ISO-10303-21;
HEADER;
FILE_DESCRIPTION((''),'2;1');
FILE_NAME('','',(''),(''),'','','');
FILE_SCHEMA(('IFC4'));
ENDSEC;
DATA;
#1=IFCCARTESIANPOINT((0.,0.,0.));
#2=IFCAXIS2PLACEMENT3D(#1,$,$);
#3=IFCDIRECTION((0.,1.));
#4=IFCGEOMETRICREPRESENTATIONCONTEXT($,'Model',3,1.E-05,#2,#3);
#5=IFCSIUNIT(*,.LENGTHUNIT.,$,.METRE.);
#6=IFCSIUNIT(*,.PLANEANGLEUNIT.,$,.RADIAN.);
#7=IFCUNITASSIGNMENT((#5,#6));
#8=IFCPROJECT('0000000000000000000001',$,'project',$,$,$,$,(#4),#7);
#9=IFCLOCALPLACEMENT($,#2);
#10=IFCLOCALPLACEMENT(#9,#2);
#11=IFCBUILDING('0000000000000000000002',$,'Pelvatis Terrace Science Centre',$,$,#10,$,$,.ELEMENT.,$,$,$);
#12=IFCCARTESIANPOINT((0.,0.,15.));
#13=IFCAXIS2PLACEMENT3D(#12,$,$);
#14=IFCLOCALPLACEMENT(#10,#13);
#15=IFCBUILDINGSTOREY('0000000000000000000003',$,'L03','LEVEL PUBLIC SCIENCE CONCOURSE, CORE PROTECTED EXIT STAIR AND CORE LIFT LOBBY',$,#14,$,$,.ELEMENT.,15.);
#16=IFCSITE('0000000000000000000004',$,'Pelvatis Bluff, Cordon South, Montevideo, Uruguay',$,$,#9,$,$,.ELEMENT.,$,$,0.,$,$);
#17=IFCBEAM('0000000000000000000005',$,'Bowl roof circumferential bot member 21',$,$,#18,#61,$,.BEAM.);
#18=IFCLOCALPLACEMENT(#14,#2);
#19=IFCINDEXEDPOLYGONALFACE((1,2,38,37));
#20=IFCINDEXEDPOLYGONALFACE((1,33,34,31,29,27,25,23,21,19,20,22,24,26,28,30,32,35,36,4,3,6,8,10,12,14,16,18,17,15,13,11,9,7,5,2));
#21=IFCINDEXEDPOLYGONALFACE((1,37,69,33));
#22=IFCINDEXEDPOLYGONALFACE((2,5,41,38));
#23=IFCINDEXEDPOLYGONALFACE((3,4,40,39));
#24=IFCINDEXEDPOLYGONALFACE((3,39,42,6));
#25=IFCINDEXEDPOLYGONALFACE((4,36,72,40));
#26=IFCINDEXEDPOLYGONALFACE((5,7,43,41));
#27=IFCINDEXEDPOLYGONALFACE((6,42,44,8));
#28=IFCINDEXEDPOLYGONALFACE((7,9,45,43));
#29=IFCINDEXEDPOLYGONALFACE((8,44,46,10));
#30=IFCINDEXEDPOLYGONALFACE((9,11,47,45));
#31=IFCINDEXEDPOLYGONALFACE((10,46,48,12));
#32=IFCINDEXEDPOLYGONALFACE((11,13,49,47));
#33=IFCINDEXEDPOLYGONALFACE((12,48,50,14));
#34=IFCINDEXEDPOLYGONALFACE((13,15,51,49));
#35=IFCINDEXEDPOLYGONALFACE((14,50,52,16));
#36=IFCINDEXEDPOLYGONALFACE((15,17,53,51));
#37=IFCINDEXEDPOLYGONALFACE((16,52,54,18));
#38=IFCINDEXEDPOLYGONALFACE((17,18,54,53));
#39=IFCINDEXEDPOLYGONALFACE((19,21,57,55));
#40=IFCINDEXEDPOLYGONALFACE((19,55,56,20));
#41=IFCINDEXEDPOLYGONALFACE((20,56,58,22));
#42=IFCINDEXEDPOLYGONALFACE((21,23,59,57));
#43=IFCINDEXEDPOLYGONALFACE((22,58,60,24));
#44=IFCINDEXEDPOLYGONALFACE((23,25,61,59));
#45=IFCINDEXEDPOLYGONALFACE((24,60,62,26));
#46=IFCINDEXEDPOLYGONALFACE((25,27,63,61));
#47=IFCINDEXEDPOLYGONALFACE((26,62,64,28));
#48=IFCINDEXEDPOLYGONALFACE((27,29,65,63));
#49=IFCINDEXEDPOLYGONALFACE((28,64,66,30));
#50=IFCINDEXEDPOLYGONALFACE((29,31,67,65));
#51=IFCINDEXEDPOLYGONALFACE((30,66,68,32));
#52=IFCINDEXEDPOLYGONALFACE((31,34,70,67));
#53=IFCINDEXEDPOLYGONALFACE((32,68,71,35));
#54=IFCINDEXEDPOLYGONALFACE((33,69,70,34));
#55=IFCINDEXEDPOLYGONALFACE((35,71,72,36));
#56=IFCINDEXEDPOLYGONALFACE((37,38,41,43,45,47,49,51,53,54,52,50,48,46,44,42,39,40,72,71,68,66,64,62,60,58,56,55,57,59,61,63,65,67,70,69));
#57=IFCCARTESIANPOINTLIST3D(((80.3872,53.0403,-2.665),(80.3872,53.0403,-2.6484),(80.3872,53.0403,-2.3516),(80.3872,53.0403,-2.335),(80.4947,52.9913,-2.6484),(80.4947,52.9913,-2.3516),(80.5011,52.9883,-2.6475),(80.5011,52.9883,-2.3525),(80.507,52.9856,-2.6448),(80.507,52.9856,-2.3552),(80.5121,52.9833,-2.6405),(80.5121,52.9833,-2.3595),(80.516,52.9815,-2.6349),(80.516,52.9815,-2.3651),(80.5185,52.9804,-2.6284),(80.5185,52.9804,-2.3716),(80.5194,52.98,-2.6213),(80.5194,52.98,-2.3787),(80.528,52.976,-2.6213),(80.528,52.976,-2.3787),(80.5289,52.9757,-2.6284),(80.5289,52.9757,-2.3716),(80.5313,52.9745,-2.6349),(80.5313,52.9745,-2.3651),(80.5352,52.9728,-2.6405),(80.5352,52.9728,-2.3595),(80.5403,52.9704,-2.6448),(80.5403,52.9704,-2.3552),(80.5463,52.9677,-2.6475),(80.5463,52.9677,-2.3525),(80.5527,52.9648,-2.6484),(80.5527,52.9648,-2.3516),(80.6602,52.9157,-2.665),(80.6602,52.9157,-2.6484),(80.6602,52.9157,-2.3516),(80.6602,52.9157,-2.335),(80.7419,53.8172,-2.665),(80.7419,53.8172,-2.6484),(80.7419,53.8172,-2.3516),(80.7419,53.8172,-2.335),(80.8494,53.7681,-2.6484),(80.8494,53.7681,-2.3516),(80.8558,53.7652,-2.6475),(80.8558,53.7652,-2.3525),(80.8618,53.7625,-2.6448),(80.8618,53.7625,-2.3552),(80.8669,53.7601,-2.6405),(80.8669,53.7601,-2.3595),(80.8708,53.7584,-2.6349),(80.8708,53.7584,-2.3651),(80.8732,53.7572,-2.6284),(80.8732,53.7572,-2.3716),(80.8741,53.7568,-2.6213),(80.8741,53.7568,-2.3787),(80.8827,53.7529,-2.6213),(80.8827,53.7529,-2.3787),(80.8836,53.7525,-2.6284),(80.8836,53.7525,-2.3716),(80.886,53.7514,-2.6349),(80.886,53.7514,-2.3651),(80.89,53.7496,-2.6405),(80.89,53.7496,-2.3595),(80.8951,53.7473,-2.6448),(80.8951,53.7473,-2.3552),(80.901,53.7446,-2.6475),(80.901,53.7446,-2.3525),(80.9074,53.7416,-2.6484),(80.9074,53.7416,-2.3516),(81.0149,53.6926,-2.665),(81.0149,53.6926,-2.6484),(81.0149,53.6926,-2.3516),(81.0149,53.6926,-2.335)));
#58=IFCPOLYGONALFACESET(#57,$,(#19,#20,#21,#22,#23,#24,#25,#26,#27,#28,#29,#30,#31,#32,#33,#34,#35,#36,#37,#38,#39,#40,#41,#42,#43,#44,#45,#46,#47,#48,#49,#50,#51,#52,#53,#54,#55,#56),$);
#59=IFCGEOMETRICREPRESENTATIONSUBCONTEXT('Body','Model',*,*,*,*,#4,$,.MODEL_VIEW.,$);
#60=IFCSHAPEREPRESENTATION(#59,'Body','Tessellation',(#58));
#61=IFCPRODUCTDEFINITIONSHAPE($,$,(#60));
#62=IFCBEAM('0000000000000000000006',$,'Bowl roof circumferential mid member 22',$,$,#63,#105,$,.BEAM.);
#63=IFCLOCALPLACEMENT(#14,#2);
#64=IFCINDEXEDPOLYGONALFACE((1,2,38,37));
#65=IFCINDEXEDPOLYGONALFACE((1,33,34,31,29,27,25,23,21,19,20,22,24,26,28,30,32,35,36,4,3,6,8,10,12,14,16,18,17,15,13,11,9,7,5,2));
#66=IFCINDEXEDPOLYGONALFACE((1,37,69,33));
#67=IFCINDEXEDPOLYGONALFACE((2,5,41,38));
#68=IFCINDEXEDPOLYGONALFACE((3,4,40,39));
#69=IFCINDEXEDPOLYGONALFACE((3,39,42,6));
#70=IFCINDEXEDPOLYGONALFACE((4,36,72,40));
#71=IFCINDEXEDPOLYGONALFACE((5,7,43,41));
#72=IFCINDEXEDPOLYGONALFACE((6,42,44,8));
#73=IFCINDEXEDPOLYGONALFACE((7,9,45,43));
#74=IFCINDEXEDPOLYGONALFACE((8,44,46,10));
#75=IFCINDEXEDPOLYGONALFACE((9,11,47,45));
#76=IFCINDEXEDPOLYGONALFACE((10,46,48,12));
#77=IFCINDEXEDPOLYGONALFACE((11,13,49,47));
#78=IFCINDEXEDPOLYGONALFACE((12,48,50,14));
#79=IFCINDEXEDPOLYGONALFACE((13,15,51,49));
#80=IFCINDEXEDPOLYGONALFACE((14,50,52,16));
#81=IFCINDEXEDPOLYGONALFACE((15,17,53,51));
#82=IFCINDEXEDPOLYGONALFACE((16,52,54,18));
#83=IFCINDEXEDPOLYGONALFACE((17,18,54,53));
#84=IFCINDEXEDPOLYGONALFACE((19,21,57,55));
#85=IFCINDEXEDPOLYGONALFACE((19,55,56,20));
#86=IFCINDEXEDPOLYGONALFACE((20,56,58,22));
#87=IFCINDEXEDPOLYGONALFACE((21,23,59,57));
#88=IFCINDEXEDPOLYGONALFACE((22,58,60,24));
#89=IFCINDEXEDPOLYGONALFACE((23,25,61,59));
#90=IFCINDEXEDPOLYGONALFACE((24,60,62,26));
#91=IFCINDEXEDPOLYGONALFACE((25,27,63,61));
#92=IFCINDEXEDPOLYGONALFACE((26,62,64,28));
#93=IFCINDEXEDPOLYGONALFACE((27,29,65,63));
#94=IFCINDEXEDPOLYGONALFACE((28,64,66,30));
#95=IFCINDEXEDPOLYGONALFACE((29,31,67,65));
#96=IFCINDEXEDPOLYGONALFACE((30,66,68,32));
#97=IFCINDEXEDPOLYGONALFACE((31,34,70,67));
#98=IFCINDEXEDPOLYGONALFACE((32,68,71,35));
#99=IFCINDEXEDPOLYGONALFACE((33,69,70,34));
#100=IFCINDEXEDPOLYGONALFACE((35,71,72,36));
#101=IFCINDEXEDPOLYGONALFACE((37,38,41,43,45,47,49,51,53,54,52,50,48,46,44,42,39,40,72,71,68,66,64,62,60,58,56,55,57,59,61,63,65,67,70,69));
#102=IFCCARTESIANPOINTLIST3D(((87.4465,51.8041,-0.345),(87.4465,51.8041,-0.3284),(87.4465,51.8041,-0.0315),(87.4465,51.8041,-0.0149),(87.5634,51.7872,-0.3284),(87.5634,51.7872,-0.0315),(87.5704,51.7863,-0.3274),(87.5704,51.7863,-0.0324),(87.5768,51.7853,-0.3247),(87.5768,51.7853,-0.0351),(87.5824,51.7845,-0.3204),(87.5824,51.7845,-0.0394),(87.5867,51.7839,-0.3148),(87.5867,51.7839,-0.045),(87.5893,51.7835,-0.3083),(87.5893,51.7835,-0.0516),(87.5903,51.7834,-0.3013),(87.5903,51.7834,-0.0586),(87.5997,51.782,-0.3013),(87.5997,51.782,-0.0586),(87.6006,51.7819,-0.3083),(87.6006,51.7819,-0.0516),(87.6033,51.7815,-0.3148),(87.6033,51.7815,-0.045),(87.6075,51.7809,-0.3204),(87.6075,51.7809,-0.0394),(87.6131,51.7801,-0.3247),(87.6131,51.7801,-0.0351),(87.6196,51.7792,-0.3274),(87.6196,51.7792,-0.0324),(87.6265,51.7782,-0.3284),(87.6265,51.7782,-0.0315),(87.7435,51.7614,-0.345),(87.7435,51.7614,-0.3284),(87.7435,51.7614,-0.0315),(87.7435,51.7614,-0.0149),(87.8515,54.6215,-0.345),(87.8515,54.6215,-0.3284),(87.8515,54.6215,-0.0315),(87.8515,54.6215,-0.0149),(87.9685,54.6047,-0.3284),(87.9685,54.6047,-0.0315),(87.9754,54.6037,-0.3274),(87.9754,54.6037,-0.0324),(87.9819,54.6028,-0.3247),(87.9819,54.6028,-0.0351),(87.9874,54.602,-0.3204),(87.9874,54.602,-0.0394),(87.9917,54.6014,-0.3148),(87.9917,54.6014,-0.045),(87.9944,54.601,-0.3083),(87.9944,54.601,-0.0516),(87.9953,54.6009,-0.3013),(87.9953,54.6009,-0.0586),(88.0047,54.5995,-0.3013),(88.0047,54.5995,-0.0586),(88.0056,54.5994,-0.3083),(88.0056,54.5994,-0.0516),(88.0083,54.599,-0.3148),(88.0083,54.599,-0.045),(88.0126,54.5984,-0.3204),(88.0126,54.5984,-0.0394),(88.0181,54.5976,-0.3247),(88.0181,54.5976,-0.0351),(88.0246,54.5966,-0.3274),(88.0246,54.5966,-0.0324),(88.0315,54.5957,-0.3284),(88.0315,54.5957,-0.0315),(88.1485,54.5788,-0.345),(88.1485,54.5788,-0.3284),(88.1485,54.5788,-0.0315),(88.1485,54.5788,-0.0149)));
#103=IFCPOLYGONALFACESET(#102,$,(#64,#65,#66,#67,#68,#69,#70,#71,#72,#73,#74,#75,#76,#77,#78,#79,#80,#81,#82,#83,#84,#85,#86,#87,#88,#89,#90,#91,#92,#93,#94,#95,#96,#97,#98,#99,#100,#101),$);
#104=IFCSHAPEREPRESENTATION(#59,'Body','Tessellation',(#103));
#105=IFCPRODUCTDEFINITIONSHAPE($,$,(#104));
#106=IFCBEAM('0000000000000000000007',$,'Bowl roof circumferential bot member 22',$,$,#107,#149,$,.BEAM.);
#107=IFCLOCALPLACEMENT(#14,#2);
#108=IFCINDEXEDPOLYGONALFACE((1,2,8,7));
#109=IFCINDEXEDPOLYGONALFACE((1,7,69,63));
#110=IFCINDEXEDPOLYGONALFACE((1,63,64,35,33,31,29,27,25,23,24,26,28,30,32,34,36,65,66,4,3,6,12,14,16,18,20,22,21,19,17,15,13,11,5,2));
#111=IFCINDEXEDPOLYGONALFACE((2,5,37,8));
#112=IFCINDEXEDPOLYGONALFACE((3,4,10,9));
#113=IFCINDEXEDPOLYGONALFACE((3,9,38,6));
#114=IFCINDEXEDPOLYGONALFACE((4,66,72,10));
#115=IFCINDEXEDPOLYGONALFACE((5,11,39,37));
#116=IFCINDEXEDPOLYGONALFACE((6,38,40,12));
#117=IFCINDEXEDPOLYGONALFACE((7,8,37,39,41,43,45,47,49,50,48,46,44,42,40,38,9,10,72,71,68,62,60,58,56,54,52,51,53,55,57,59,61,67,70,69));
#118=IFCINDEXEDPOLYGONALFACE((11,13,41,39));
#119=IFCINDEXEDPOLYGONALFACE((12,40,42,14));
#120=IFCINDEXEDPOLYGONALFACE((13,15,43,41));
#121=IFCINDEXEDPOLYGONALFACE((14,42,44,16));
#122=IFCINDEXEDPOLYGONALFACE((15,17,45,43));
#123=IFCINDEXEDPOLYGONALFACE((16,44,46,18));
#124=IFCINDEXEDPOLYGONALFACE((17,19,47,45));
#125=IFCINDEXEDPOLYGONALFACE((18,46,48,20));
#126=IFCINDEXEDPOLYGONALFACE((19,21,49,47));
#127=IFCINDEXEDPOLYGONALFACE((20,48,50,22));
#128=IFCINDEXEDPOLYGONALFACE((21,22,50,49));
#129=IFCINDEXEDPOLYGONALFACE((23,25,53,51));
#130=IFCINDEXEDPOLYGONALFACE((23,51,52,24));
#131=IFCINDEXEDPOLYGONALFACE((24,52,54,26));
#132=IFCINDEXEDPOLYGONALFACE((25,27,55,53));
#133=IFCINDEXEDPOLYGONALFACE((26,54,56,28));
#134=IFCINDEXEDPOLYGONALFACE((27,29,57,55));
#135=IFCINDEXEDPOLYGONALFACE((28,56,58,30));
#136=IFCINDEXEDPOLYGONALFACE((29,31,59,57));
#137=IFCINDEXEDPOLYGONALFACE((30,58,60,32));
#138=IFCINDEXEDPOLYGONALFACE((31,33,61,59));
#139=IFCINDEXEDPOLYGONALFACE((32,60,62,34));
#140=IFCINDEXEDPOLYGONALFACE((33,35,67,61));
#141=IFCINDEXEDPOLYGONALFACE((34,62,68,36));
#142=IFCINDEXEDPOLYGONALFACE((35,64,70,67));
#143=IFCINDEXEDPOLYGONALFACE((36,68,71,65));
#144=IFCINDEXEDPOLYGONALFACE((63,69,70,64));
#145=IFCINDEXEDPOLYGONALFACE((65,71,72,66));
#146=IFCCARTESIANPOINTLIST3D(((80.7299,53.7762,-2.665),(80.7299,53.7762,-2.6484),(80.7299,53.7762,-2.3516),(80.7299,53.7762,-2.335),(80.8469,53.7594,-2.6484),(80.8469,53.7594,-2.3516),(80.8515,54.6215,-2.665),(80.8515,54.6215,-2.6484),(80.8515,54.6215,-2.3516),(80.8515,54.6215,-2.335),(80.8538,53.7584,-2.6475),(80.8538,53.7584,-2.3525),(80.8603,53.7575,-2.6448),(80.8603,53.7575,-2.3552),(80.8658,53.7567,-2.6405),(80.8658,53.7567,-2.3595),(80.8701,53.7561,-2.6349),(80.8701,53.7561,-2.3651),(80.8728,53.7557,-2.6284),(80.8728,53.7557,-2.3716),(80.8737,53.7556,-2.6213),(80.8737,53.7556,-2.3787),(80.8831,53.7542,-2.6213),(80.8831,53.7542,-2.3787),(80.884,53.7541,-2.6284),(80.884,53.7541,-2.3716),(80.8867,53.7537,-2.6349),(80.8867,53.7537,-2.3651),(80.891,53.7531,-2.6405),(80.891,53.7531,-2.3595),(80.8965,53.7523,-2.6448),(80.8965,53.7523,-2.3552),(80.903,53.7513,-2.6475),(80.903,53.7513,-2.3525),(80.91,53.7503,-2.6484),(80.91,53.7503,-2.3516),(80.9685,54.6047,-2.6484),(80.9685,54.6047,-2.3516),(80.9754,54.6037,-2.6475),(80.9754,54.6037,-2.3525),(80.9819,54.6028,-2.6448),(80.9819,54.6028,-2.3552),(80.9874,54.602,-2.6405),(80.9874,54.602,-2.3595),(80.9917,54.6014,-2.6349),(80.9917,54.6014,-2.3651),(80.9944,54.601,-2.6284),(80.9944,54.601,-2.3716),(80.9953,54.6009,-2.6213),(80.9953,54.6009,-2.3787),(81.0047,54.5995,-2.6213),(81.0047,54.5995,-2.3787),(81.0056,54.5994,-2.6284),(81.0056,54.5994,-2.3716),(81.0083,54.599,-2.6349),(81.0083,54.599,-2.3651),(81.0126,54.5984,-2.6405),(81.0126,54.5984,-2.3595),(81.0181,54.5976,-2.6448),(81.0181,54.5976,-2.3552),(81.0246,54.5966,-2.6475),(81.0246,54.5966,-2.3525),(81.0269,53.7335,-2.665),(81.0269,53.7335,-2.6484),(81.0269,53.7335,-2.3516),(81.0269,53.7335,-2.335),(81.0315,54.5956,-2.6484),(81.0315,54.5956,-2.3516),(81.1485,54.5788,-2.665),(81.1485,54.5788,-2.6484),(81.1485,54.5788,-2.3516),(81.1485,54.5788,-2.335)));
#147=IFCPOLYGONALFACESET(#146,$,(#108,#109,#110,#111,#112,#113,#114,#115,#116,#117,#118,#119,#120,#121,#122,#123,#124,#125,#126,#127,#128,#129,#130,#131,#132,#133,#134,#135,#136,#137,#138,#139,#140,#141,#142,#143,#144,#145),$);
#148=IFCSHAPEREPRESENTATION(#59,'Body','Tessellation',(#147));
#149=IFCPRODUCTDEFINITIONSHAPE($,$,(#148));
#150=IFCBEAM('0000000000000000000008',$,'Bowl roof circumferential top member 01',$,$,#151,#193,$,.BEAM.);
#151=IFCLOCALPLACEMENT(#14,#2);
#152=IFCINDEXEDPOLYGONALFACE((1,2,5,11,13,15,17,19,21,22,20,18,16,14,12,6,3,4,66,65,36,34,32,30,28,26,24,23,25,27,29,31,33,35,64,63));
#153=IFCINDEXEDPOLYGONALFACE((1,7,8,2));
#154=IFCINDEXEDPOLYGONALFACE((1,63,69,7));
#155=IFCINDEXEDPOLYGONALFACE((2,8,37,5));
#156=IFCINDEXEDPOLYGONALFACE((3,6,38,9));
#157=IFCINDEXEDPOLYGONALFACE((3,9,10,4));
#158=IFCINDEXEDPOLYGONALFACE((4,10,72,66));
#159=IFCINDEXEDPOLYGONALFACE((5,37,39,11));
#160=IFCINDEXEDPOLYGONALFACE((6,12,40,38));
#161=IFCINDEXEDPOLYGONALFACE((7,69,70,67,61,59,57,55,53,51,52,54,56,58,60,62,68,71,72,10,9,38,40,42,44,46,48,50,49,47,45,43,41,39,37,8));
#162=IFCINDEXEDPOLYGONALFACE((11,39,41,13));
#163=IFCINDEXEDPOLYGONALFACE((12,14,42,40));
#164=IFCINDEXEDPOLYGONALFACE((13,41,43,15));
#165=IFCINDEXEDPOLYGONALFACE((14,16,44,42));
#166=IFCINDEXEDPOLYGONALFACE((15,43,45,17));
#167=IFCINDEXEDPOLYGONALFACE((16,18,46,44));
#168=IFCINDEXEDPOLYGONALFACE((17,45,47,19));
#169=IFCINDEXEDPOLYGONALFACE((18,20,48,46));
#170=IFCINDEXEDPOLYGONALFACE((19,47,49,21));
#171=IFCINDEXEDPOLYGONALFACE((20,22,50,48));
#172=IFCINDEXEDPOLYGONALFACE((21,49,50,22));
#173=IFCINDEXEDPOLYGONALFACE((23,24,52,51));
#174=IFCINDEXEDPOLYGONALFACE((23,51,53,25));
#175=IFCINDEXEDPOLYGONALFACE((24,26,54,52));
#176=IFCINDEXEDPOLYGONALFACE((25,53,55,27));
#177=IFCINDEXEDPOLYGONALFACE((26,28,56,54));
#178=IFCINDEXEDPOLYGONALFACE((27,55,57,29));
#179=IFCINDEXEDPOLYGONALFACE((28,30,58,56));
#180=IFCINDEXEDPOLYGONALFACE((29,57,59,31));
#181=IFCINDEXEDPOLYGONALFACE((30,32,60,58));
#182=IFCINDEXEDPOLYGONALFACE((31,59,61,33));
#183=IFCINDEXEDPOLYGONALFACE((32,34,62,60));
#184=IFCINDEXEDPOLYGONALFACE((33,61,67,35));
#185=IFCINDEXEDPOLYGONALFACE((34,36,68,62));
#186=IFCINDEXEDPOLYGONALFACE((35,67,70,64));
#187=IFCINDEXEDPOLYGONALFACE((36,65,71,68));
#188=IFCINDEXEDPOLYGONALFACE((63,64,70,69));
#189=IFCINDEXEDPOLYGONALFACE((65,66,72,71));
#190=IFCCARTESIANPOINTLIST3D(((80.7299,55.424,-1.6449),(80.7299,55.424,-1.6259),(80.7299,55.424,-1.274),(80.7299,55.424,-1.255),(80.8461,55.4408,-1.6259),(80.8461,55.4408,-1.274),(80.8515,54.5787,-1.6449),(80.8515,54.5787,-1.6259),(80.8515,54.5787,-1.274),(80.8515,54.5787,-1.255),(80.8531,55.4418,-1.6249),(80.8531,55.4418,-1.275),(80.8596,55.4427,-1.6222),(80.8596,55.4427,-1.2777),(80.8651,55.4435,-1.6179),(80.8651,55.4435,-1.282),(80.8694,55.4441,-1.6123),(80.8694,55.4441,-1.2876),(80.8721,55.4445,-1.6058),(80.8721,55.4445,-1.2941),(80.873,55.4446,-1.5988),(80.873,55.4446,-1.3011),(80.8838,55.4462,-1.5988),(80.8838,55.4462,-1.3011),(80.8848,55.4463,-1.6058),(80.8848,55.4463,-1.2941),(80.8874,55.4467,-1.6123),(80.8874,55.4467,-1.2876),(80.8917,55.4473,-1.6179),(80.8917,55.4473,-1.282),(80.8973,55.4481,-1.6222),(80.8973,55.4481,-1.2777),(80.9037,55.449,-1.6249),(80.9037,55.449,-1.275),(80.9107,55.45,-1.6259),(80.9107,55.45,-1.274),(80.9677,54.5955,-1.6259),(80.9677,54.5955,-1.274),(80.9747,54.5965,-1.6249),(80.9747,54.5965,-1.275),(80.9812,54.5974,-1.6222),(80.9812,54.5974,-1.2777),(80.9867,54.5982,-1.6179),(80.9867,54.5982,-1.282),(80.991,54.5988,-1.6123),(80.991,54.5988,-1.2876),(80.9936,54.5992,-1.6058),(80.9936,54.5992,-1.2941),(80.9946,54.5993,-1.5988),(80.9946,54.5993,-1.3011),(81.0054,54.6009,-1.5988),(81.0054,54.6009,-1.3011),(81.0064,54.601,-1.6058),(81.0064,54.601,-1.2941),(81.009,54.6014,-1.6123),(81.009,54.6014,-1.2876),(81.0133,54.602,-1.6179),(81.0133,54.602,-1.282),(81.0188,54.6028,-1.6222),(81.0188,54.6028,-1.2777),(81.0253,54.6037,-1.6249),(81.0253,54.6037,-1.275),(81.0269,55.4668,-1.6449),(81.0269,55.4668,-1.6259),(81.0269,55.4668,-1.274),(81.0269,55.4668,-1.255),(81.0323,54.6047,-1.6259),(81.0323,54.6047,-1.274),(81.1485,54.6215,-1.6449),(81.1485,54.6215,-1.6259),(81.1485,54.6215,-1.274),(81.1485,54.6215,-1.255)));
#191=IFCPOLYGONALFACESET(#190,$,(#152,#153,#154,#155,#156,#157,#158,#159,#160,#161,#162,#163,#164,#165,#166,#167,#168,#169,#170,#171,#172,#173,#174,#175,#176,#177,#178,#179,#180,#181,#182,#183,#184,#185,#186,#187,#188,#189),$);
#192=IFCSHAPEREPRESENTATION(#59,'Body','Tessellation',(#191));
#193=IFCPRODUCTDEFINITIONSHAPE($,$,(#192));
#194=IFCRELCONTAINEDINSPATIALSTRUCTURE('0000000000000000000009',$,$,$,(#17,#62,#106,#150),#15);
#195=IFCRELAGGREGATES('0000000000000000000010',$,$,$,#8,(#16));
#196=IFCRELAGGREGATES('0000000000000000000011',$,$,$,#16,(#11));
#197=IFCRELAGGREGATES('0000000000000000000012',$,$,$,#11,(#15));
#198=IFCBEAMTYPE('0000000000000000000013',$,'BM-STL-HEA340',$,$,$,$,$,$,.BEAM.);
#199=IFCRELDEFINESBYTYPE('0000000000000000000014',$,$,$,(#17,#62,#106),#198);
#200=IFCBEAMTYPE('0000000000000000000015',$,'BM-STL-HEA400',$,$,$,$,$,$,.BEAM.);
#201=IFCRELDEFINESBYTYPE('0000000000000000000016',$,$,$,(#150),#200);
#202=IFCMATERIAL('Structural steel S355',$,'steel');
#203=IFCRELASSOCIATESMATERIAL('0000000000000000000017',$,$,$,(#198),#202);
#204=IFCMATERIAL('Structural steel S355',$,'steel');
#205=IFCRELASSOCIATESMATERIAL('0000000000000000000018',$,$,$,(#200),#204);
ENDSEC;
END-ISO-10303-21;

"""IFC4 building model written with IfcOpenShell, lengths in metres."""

from ifc_helpers import new_model, si_unit, direction, frame, origin, origin_2d, place, context, subcontext, project, spatial, i_section, extrude, material, material_profile, profile_set, type_object, element, save


model = new_model("IFC4")

# Units and contexts
model_context = context("Model", 3, precision=1e-05, world=origin(), true_north=direction((0.0, 1.0)))
body_context = subcontext(model_context, "Body", "Model", "MODEL_VIEW")
ifc_project = project(units=[si_unit("LENGTHUNIT", "METRE"), si_unit("PLANEANGLEUNIT", "RADIAN")], contexts=[model_context])

# Site, building, storey
site_placement = place(None, origin())
site = spatial("IfcSite", under=ifc_project, at=site_placement, Name="Pelvatis Bluff, Cordon South, Montevideo, Uruguay", CompositionType="ELEMENT", RefElevation=0.0)
building_placement = place(site_placement, origin())
building = spatial("IfcBuilding", under=site, at=building_placement, Name="Pelvatis Terrace Science Centre", CompositionType="ELEMENT")
storey_placement = place(building_placement, frame((0.0, 0.0, 15.0)))
storey = spatial("IfcBuildingStorey", under=building, at=storey_placement, Name="L03", Description="LEVEL PUBLIC SCIENCE CONCOURSE, CORE PROTECTED EXIT STAIR AND CORE LIFT LOBBY", CompositionType="ELEMENT", Elevation=15.0)

# Beams
ifc_material_1 = material(Name="Structural steel S355", Category="steel")
ifc_material_profile_1 = material_profile(ifc_material_1, i_section(OverallWidth=0.3, OverallDepth=0.3301, WebThickness=0.0095, FlangeThickness=0.0166, FilletRadius=0.0271, at=origin_2d()), Name="HEA 340")
ifc_profile_set_1 = profile_set([ifc_material_profile_1], Name="Structural steel S355")
beam_type_1 = type_object("IfcBeamType", Name="BM-STL-HEA340", PredefinedType="BEAM", material=ifc_profile_set_1)
beam_1_placement = place(storey_placement, frame((80.5237, 52.978, -2.5), z_axis=(0.415375, 0.90965, 0.0), x_axis=(-0.90965, 0.415375, 0.0)))
element("IfcBeam", 1, at=beam_1_placement, inside=storey, type_object=beam_type_1, Name="Bowl roof circumferential bot member 21", PredefinedType="BEAM", context=body_context, shape_type="SweptSolid", body=[
    extrude(i_section(OverallWidth=0.3, OverallDepth=0.3301, WebThickness=0.0095, FlangeThickness=0.0166, FilletRadius=0.0271, at=origin_2d()), origin(), (0.0, 0.0, 1.0), 0.854),
])
beam_2_placement = place(storey_placement, frame((87.595, 51.7827, -0.1799), z_axis=(0.142298, 0.989824, 0.0), x_axis=(-0.989824, 0.142298, 0.0)))
element("IfcBeam", 2, at=beam_2_placement, inside=storey, type_object=beam_type_1, Name="Bowl roof circumferential mid member 22", PredefinedType="BEAM", context=body_context, shape_type="SweptSolid", body=[
    extrude(i_section(OverallWidth=0.3, OverallDepth=0.3301, WebThickness=0.0095, FlangeThickness=0.0166, FilletRadius=0.0271, at=origin_2d()), origin(), (0.0, 0.0, 1.0), 2.8464),
])
beam_3_placement = place(storey_placement, frame((80.8784, 53.7549, -2.5), z_axis=(0.142382, 0.989812, 0.0), x_axis=(-0.989812, 0.142382, 0.0)))
element("IfcBeam", 3, at=beam_3_placement, inside=storey, type_object=beam_type_1, Name="Bowl roof circumferential bot member 22", PredefinedType="BEAM", context=body_context, shape_type="SweptSolid", body=[
    extrude(i_section(OverallWidth=0.3, OverallDepth=0.3301, WebThickness=0.0095, FlangeThickness=0.0166, FilletRadius=0.0271, at=origin_2d()), origin(), (0.0, 0.0, 1.0), 0.854),
])
ifc_material_2 = material(Name="Structural steel S355", Category="steel")
ifc_material_profile_2 = material_profile(ifc_material_2, i_section(OverallWidth=0.3, OverallDepth=0.3899, WebThickness=0.011, FlangeThickness=0.019, FilletRadius=0.0271, at=origin_2d()), Name="HEA 400")
ifc_profile_set_2 = profile_set([ifc_material_profile_2], Name="Structural steel S355")
beam_type_2 = type_object("IfcBeamType", Name="BM-STL-HEA400", PredefinedType="BEAM", material=ifc_profile_set_2)
beam_4_placement = place(storey_placement, frame((81.0, 54.6001, -1.45), z_axis=(-0.142382, 0.989812, 0.0), x_axis=(-0.989812, -0.142382, 0.0)))
element("IfcBeam", 4, at=beam_4_placement, inside=storey, type_object=beam_type_2, Name="Bowl roof circumferential top member 01", PredefinedType="BEAM", context=body_context, shape_type="SweptSolid", body=[
    extrude(i_section(OverallWidth=0.3, OverallDepth=0.3899, WebThickness=0.011, FlangeThickness=0.019, FilletRadius=0.0271, at=origin_2d()), origin(), (0.0, 0.0, 1.0), 0.854),
])

save(model, "model.ifc")
